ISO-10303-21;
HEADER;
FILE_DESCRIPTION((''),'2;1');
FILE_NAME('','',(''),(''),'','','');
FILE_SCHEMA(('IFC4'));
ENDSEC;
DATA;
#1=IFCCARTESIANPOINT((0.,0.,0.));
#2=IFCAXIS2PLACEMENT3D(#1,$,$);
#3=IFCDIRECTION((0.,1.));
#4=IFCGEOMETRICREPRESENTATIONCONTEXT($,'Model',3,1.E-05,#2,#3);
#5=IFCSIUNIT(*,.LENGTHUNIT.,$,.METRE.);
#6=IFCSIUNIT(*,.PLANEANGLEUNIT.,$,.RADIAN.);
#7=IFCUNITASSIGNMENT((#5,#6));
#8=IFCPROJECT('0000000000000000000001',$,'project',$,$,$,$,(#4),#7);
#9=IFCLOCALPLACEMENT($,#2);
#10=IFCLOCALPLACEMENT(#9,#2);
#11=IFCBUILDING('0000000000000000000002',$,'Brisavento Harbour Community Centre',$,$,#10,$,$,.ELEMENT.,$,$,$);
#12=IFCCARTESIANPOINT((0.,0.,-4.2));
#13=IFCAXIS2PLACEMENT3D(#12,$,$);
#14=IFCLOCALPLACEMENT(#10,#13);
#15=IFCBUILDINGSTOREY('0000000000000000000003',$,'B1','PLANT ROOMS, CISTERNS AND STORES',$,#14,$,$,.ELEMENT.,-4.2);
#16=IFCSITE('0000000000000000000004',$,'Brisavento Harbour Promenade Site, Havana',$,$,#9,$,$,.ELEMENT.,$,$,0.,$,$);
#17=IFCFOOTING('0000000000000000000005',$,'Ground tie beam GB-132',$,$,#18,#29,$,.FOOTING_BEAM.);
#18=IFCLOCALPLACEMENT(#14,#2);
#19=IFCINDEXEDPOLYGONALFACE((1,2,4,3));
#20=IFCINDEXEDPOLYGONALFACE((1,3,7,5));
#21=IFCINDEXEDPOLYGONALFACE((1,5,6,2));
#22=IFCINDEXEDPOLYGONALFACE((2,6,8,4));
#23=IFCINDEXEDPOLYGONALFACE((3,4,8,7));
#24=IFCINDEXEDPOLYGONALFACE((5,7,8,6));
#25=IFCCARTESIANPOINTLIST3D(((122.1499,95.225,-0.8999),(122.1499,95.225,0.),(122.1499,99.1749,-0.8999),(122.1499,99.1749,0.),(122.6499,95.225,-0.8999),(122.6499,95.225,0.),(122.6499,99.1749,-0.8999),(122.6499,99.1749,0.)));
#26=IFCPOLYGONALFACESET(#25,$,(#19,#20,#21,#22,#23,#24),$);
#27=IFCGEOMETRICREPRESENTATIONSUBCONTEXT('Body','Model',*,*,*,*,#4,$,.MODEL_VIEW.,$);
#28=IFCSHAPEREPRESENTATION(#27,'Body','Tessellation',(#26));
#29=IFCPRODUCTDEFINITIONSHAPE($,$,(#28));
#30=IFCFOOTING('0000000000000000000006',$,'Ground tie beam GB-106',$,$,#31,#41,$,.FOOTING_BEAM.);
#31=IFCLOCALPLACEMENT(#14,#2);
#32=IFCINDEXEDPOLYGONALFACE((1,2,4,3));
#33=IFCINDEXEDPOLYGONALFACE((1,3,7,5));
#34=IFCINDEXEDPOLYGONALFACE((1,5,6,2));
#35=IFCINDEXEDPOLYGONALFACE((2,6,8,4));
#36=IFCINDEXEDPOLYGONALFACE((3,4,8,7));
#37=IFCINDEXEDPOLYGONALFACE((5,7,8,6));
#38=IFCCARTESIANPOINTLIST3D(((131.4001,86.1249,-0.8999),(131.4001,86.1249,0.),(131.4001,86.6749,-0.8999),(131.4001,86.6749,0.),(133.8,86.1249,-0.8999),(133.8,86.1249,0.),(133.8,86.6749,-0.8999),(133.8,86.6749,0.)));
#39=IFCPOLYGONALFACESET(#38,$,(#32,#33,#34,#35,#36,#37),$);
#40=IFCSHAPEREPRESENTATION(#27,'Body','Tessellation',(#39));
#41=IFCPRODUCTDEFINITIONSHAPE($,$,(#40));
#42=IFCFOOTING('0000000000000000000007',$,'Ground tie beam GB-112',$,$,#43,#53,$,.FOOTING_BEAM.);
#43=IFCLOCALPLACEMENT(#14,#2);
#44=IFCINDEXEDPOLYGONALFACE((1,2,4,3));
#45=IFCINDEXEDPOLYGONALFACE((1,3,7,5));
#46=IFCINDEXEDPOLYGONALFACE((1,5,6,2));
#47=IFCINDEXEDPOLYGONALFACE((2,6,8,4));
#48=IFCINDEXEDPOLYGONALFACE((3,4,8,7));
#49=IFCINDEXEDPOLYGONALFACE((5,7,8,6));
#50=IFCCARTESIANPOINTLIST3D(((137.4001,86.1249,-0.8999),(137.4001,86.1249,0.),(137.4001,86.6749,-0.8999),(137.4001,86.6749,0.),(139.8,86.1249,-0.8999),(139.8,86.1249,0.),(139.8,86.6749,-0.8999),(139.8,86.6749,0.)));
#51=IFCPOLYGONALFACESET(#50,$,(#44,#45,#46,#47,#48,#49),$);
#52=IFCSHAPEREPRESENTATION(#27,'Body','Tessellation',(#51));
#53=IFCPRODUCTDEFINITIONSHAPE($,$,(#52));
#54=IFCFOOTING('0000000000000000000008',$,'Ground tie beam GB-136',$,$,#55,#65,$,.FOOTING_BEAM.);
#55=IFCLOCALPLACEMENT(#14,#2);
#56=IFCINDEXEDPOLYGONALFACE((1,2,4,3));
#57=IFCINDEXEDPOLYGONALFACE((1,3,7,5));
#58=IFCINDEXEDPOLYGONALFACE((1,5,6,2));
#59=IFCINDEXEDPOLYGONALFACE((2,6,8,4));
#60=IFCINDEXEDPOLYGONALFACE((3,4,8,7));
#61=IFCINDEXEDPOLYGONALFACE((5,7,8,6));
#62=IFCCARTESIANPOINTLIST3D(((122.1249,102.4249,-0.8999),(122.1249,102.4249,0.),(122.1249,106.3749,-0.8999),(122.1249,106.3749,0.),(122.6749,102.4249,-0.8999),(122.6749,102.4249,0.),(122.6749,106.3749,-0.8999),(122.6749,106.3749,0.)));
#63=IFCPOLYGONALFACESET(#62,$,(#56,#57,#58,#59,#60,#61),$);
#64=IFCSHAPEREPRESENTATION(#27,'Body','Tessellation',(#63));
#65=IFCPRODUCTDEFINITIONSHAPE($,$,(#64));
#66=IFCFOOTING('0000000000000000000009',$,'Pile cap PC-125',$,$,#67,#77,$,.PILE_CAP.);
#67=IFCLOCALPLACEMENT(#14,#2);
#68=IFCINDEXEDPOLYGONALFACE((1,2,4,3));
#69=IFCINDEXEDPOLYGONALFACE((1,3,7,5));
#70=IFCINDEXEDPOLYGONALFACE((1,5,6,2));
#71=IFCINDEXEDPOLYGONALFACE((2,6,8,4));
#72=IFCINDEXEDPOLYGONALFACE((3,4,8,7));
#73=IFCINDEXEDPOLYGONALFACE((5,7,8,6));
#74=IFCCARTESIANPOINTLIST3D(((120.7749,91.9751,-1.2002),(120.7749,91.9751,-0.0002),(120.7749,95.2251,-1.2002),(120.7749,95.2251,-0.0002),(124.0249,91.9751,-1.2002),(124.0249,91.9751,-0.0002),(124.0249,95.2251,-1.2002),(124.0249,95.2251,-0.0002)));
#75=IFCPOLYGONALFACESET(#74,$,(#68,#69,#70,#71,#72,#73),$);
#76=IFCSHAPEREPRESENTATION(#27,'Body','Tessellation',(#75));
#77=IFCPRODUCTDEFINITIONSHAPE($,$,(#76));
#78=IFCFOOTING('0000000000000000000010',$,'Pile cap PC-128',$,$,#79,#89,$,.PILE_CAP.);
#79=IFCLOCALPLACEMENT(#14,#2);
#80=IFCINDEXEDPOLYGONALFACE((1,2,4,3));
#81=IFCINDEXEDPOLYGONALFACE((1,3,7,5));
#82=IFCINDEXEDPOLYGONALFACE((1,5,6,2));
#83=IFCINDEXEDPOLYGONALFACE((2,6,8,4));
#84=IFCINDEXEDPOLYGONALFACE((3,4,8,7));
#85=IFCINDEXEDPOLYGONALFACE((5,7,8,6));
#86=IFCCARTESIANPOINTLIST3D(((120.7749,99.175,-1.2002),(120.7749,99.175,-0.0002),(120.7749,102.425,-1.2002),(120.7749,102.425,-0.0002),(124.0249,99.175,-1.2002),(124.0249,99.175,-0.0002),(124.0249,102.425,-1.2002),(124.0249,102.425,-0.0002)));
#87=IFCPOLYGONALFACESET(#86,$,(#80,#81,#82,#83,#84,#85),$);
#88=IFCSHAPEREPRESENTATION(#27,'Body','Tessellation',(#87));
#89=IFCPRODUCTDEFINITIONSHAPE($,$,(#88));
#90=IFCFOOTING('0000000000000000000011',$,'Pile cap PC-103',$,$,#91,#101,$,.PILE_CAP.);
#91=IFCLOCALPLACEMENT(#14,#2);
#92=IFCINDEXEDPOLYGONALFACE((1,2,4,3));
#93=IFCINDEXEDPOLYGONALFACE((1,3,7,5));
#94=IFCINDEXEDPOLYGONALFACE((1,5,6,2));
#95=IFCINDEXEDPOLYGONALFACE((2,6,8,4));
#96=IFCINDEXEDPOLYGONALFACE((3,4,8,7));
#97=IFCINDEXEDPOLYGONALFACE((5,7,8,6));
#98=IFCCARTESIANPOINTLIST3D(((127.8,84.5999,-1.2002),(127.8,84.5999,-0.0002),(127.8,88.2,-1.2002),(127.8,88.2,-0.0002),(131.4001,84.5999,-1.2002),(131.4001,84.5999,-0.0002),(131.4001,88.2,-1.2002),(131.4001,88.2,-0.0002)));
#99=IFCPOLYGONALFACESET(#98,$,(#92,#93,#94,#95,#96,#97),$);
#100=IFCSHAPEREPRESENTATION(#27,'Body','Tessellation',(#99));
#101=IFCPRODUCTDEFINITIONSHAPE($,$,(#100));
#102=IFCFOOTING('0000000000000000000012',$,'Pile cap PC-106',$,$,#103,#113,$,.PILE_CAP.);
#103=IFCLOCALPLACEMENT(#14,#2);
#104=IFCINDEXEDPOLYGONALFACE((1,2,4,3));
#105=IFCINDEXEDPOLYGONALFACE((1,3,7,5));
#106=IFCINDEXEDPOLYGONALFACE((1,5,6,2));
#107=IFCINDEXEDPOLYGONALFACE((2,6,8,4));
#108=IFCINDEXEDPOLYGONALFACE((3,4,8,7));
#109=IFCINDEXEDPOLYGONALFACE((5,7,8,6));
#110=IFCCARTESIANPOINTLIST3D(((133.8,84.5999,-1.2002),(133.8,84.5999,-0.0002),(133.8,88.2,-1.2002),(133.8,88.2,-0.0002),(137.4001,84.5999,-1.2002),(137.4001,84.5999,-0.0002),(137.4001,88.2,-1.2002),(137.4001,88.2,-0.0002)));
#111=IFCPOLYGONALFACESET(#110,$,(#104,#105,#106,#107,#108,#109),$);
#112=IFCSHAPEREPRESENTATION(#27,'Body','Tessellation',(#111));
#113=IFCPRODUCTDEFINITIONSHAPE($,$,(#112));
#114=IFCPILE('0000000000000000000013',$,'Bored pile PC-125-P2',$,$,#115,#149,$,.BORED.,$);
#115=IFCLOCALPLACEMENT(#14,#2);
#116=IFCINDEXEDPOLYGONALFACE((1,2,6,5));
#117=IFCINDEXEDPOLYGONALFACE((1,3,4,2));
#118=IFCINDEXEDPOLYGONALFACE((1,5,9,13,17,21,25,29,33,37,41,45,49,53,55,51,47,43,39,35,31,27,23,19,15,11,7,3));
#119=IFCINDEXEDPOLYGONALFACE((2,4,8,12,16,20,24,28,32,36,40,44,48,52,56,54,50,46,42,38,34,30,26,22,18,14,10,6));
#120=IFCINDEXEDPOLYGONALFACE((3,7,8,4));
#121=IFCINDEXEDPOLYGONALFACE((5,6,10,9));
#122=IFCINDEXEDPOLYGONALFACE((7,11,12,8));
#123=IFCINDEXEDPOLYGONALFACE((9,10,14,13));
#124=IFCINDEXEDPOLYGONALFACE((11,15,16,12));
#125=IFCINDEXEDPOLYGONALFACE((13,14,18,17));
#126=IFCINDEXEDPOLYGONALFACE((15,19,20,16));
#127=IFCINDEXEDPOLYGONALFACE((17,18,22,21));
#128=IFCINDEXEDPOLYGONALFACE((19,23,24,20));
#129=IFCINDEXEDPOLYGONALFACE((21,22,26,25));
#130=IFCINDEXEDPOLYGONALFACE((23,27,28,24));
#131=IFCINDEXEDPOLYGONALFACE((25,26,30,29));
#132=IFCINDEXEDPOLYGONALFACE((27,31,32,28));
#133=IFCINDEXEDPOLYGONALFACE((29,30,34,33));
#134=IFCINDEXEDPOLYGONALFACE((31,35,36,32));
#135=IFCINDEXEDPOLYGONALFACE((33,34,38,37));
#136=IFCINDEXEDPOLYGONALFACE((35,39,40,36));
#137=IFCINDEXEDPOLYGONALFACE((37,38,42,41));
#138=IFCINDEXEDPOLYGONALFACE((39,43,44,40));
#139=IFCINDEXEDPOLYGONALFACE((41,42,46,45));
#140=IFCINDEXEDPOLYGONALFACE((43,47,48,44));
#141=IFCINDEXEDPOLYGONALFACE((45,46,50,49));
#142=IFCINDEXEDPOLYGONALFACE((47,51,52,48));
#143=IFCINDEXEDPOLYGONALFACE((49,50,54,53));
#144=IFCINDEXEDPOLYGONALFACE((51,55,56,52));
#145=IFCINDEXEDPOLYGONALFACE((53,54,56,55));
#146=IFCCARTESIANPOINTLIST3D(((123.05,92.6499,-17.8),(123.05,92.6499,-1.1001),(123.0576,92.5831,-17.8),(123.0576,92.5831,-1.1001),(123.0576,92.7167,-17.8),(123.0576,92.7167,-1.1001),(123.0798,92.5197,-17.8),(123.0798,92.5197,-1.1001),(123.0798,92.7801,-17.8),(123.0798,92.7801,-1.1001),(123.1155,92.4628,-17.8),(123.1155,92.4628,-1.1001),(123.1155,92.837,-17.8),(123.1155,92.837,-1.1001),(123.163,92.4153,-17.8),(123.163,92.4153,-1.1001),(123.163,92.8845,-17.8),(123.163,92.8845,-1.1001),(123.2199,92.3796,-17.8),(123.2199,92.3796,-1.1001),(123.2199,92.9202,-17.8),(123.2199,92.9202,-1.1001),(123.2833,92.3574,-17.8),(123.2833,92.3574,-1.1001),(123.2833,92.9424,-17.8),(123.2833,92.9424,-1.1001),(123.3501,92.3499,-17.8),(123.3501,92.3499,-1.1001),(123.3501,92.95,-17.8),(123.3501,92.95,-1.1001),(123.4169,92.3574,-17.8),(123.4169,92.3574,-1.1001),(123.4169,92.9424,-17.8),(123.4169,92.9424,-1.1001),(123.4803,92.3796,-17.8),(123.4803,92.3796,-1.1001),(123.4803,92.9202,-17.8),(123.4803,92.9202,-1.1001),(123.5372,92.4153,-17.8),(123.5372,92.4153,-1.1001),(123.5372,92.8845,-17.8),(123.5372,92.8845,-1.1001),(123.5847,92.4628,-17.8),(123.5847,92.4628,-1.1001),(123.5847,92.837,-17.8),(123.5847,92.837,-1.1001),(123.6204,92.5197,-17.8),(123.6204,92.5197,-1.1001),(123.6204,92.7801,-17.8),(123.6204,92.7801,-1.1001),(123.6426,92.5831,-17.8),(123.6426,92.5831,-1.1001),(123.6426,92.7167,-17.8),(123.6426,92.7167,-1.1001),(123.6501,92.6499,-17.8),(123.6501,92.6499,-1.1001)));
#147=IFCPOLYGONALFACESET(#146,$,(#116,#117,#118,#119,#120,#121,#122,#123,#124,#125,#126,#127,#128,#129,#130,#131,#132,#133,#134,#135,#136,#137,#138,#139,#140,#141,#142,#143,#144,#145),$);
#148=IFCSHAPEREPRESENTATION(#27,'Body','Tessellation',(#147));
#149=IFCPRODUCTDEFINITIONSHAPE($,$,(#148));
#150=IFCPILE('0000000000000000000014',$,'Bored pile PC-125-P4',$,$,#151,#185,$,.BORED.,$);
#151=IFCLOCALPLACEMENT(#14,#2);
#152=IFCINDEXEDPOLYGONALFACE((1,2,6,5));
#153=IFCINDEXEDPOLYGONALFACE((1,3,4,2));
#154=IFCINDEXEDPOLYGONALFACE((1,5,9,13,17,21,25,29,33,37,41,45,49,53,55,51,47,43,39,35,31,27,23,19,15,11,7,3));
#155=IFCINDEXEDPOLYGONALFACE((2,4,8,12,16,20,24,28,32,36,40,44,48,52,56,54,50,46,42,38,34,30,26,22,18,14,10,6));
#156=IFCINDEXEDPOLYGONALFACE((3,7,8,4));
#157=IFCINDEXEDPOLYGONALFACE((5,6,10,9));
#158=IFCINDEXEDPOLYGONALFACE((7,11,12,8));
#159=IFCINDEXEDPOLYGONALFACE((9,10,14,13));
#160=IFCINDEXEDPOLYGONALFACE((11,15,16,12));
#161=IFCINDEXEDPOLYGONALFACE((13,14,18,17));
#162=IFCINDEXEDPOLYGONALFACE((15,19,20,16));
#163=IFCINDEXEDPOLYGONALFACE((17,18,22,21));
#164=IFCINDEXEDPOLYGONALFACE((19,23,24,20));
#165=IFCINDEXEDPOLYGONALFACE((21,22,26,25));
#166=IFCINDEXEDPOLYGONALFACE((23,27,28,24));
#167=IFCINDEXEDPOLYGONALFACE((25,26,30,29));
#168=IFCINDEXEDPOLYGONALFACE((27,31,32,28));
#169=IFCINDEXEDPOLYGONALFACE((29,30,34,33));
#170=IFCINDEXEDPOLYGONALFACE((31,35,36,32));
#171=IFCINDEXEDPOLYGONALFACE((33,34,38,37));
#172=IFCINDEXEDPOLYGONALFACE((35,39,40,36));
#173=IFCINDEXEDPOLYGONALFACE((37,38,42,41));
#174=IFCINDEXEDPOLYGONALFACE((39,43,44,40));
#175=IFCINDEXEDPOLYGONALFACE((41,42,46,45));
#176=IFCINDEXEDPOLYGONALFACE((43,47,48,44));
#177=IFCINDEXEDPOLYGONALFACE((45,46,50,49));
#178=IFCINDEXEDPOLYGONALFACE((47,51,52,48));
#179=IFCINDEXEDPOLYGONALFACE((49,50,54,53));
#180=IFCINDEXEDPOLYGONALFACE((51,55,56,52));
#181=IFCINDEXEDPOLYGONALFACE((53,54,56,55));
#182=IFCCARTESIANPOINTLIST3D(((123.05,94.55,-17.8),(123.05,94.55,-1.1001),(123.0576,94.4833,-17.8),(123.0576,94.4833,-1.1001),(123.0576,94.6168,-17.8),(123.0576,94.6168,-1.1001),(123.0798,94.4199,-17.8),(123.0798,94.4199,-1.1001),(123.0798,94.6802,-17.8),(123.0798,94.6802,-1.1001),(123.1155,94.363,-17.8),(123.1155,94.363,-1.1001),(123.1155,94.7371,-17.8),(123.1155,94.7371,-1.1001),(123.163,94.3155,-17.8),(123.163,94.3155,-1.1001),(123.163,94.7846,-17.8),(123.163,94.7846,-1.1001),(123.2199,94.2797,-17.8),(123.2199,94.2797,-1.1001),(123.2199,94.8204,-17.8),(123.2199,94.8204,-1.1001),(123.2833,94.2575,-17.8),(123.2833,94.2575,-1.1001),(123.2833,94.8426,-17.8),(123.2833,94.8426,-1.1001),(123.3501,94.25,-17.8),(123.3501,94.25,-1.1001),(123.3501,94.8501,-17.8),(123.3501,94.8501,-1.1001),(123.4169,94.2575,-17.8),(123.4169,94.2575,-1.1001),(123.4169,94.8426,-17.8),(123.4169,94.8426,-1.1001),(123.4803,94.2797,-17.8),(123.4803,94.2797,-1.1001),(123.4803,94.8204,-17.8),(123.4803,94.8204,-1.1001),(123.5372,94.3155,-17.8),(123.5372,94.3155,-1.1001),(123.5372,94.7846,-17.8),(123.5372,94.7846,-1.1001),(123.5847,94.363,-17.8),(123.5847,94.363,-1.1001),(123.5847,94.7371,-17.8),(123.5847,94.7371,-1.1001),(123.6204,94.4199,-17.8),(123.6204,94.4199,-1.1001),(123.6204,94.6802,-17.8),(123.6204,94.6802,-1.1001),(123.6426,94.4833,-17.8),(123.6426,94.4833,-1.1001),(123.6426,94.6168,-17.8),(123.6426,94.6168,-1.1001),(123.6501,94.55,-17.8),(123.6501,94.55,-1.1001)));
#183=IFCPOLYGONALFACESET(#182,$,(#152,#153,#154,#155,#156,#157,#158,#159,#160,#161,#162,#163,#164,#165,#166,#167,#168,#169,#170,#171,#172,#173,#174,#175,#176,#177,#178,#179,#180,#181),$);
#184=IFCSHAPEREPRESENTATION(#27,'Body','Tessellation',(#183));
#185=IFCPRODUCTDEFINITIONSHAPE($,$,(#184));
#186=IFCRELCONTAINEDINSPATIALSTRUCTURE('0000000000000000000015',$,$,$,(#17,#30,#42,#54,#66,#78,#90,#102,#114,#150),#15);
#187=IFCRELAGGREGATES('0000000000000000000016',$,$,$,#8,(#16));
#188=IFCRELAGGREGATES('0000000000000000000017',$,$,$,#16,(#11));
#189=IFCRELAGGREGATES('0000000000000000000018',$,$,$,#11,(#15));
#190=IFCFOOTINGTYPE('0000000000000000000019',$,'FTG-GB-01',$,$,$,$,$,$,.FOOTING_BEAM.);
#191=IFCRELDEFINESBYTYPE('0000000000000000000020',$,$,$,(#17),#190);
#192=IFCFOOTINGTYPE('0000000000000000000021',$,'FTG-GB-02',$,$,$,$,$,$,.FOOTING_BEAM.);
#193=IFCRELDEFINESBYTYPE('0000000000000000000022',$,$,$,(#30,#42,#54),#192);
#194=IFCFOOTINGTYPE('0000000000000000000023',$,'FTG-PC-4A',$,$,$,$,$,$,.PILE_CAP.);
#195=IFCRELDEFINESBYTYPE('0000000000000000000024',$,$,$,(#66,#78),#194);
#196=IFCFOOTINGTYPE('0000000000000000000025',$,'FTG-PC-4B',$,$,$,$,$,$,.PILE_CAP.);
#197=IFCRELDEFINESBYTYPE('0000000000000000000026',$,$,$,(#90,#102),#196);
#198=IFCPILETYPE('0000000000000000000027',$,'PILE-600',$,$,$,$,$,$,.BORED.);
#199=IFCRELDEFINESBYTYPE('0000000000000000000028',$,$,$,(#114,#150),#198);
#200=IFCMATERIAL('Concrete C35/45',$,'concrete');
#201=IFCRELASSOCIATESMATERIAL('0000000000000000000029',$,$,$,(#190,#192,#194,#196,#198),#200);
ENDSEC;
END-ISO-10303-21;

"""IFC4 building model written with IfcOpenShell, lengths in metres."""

from ifc_helpers import new_model, si_unit, direction, frame, origin, origin_2d, place, context, subcontext, project, spatial, rectangle, circle, extrude, material, material_profile, profile_set, type_object, element, save


model = new_model("IFC4")

# Units and contexts
model_context = context("Model", 3, precision=1e-05, world=origin(), true_north=direction((0.0, 1.0)))
body_context = subcontext(model_context, "Body", "Model", "MODEL_VIEW")
ifc_project = project(units=[si_unit("LENGTHUNIT", "METRE"), si_unit("PLANEANGLEUNIT", "RADIAN")], contexts=[model_context])

# Site, building, storey
site_placement = place(None, origin())
site = spatial("IfcSite", under=ifc_project, at=site_placement, Name="Brisavento Harbour Promenade Site, Havana", CompositionType="ELEMENT", RefElevation=0.0)
building_placement = place(site_placement, origin())
building = spatial("IfcBuilding", under=site, at=building_placement, Name="Brisavento Harbour Community Centre", CompositionType="ELEMENT")
storey_placement = place(building_placement, frame((0.0, 0.0, -4.2)))
storey = spatial("IfcBuildingStorey", under=building, at=storey_placement, Name="B1", Description="PLANT ROOMS, CISTERNS AND STORES", CompositionType="ELEMENT", Elevation=-4.2)

# Footings
ifc_material_1 = material(Name="Concrete C35/45", Category="concrete")
footing_type_1 = type_object("IfcFootingType", Name="FTG-GB-01", PredefinedType="FOOTING_BEAM", material=ifc_material_1)
footing_1_placement = place(storey_placement, frame((122.3999, 97.2, -0.8999), z_axis=(0.0, 0.0, 1.0), x_axis=(1.0, 0.0, 0.0)))
element("IfcFooting", 1, at=footing_1_placement, inside=storey, type_object=footing_type_1, Name="Ground tie beam GB-132", PredefinedType="FOOTING_BEAM", context=body_context, shape_type="SweptSolid", body=[
    extrude(rectangle(XDim=0.5, YDim=3.95, at=origin_2d()), origin(), (0.0, 0.0, 1.0), 0.8999),
])
footing_type_2 = type_object("IfcFootingType", Name="FTG-GB-02", PredefinedType="FOOTING_BEAM", material=ifc_material_1)
for number, where, z_axis, x_axis, name in (
    (2, (132.6001, 86.3999, -0.8999), (0.0, 0.0, 1.0), (1.0, 0.0, 0.0), "Ground tie beam GB-106"),
    (3, (138.6001, 86.3999, -0.8999), (0.0, 0.0, 1.0), (1.0, 0.0, 0.0), "Ground tie beam GB-112"),
):
    element("IfcFooting", number, at=place(storey_placement, frame(where, z_axis=z_axis, x_axis=x_axis)), inside=storey, type_object=footing_type_2, Name=name, PredefinedType="FOOTING_BEAM", context=body_context, shape_type="SweptSolid", body=[
        extrude(rectangle(XDim=2.3999, YDim=0.55, at=origin_2d()), origin(), (0.0, 0.0, 1.0), 0.8999),
    ])
footing_2_placement = place(storey_placement, frame((122.3999, 104.3999, -0.8999), z_axis=(0.0, 0.0, 1.0), x_axis=(1.0, 0.0, 0.0)))
element("IfcFooting", 4, at=footing_2_placement, inside=storey, type_object=footing_type_2, Name="Ground tie beam GB-136", PredefinedType="FOOTING_BEAM", context=body_context, shape_type="SweptSolid", body=[
    extrude(rectangle(XDim=0.55, YDim=3.95, at=origin_2d()), origin(), (0.0, 0.0, 1.0), 0.8999),
])
footing_type_3 = type_object("IfcFootingType", Name="FTG-PC-4A", PredefinedType="PILE_CAP", material=ifc_material_1)
for number, where, z_axis, x_axis, name in (
    (5, (122.3999, 93.6001, -1.2002), (0.0, 0.0, 1.0), (1.0, 0.0, 0.0), "Pile cap PC-125"),
    (6, (122.3999, 100.8, -1.2002), (0.0, 0.0, 1.0), (1.0, 0.0, 0.0), "Pile cap PC-128"),
):
    element("IfcFooting", number, at=place(storey_placement, frame(where, z_axis=z_axis, x_axis=x_axis)), inside=storey, type_object=footing_type_3, Name=name, PredefinedType="PILE_CAP", context=body_context, shape_type="SweptSolid", body=[
        extrude(rectangle(XDim=3.25, YDim=3.25, at=origin_2d()), origin(), (0.0, 0.0, 1.0), 1.2),
    ])
footing_type_4 = type_object("IfcFootingType", Name="FTG-PC-4B", PredefinedType="PILE_CAP", material=ifc_material_1)
for number, where, z_axis, x_axis, name in (
    (7, (129.6001, 86.3999, -1.2002), (0.0, 0.0, 1.0), (1.0, 0.0, 0.0), "Pile cap PC-103"),
    (8, (135.6001, 86.3999, -1.2002), (0.0, 0.0, 1.0), (1.0, 0.0, 0.0), "Pile cap PC-106"),
):
    element("IfcFooting", number, at=place(storey_placement, frame(where, z_axis=z_axis, x_axis=x_axis)), inside=storey, type_object=footing_type_4, Name=name, PredefinedType="PILE_CAP", context=body_context, shape_type="SweptSolid", body=[
        extrude(rectangle(XDim=3.6001, YDim=3.6001, at=origin_2d()), origin(), (0.0, 0.0, 1.0), 1.2),
    ])

# Piles
ifc_material_profile_1 = material_profile(ifc_material_1, circle(Radius=0.3, at=origin_2d()), Name="Concrete C35/45")
ifc_profile_set_1 = profile_set([ifc_material_profile_1], Name="Concrete C35/45")
pile_type_1 = type_object("IfcPileType", Name="PILE-600", PredefinedType="BORED", material=ifc_profile_set_1)
for number, where, z_axis, x_axis, name in (
    (9, (123.3501, 92.6499, -1.1001), (0.0, 0.0, -1.0), (1.0, 0.0, 0.0), "Bored pile PC-125-P2"),
    (10, (123.3501, 94.55, -1.1001), (0.0, 0.0, -1.0), (1.0, 0.0, 0.0), "Bored pile PC-125-P4"),
):
    element("IfcPile", number, at=place(storey_placement, frame(where, z_axis=z_axis, x_axis=x_axis)), inside=storey, type_object=pile_type_1, Name=name, PredefinedType="BORED", context=body_context, shape_type="SweptSolid", body=[
        extrude(circle(Radius=0.3, at=origin_2d()), origin(), (0.0, 0.0, 1.0), 16.7),
    ])

save(model, "model.ifc")
